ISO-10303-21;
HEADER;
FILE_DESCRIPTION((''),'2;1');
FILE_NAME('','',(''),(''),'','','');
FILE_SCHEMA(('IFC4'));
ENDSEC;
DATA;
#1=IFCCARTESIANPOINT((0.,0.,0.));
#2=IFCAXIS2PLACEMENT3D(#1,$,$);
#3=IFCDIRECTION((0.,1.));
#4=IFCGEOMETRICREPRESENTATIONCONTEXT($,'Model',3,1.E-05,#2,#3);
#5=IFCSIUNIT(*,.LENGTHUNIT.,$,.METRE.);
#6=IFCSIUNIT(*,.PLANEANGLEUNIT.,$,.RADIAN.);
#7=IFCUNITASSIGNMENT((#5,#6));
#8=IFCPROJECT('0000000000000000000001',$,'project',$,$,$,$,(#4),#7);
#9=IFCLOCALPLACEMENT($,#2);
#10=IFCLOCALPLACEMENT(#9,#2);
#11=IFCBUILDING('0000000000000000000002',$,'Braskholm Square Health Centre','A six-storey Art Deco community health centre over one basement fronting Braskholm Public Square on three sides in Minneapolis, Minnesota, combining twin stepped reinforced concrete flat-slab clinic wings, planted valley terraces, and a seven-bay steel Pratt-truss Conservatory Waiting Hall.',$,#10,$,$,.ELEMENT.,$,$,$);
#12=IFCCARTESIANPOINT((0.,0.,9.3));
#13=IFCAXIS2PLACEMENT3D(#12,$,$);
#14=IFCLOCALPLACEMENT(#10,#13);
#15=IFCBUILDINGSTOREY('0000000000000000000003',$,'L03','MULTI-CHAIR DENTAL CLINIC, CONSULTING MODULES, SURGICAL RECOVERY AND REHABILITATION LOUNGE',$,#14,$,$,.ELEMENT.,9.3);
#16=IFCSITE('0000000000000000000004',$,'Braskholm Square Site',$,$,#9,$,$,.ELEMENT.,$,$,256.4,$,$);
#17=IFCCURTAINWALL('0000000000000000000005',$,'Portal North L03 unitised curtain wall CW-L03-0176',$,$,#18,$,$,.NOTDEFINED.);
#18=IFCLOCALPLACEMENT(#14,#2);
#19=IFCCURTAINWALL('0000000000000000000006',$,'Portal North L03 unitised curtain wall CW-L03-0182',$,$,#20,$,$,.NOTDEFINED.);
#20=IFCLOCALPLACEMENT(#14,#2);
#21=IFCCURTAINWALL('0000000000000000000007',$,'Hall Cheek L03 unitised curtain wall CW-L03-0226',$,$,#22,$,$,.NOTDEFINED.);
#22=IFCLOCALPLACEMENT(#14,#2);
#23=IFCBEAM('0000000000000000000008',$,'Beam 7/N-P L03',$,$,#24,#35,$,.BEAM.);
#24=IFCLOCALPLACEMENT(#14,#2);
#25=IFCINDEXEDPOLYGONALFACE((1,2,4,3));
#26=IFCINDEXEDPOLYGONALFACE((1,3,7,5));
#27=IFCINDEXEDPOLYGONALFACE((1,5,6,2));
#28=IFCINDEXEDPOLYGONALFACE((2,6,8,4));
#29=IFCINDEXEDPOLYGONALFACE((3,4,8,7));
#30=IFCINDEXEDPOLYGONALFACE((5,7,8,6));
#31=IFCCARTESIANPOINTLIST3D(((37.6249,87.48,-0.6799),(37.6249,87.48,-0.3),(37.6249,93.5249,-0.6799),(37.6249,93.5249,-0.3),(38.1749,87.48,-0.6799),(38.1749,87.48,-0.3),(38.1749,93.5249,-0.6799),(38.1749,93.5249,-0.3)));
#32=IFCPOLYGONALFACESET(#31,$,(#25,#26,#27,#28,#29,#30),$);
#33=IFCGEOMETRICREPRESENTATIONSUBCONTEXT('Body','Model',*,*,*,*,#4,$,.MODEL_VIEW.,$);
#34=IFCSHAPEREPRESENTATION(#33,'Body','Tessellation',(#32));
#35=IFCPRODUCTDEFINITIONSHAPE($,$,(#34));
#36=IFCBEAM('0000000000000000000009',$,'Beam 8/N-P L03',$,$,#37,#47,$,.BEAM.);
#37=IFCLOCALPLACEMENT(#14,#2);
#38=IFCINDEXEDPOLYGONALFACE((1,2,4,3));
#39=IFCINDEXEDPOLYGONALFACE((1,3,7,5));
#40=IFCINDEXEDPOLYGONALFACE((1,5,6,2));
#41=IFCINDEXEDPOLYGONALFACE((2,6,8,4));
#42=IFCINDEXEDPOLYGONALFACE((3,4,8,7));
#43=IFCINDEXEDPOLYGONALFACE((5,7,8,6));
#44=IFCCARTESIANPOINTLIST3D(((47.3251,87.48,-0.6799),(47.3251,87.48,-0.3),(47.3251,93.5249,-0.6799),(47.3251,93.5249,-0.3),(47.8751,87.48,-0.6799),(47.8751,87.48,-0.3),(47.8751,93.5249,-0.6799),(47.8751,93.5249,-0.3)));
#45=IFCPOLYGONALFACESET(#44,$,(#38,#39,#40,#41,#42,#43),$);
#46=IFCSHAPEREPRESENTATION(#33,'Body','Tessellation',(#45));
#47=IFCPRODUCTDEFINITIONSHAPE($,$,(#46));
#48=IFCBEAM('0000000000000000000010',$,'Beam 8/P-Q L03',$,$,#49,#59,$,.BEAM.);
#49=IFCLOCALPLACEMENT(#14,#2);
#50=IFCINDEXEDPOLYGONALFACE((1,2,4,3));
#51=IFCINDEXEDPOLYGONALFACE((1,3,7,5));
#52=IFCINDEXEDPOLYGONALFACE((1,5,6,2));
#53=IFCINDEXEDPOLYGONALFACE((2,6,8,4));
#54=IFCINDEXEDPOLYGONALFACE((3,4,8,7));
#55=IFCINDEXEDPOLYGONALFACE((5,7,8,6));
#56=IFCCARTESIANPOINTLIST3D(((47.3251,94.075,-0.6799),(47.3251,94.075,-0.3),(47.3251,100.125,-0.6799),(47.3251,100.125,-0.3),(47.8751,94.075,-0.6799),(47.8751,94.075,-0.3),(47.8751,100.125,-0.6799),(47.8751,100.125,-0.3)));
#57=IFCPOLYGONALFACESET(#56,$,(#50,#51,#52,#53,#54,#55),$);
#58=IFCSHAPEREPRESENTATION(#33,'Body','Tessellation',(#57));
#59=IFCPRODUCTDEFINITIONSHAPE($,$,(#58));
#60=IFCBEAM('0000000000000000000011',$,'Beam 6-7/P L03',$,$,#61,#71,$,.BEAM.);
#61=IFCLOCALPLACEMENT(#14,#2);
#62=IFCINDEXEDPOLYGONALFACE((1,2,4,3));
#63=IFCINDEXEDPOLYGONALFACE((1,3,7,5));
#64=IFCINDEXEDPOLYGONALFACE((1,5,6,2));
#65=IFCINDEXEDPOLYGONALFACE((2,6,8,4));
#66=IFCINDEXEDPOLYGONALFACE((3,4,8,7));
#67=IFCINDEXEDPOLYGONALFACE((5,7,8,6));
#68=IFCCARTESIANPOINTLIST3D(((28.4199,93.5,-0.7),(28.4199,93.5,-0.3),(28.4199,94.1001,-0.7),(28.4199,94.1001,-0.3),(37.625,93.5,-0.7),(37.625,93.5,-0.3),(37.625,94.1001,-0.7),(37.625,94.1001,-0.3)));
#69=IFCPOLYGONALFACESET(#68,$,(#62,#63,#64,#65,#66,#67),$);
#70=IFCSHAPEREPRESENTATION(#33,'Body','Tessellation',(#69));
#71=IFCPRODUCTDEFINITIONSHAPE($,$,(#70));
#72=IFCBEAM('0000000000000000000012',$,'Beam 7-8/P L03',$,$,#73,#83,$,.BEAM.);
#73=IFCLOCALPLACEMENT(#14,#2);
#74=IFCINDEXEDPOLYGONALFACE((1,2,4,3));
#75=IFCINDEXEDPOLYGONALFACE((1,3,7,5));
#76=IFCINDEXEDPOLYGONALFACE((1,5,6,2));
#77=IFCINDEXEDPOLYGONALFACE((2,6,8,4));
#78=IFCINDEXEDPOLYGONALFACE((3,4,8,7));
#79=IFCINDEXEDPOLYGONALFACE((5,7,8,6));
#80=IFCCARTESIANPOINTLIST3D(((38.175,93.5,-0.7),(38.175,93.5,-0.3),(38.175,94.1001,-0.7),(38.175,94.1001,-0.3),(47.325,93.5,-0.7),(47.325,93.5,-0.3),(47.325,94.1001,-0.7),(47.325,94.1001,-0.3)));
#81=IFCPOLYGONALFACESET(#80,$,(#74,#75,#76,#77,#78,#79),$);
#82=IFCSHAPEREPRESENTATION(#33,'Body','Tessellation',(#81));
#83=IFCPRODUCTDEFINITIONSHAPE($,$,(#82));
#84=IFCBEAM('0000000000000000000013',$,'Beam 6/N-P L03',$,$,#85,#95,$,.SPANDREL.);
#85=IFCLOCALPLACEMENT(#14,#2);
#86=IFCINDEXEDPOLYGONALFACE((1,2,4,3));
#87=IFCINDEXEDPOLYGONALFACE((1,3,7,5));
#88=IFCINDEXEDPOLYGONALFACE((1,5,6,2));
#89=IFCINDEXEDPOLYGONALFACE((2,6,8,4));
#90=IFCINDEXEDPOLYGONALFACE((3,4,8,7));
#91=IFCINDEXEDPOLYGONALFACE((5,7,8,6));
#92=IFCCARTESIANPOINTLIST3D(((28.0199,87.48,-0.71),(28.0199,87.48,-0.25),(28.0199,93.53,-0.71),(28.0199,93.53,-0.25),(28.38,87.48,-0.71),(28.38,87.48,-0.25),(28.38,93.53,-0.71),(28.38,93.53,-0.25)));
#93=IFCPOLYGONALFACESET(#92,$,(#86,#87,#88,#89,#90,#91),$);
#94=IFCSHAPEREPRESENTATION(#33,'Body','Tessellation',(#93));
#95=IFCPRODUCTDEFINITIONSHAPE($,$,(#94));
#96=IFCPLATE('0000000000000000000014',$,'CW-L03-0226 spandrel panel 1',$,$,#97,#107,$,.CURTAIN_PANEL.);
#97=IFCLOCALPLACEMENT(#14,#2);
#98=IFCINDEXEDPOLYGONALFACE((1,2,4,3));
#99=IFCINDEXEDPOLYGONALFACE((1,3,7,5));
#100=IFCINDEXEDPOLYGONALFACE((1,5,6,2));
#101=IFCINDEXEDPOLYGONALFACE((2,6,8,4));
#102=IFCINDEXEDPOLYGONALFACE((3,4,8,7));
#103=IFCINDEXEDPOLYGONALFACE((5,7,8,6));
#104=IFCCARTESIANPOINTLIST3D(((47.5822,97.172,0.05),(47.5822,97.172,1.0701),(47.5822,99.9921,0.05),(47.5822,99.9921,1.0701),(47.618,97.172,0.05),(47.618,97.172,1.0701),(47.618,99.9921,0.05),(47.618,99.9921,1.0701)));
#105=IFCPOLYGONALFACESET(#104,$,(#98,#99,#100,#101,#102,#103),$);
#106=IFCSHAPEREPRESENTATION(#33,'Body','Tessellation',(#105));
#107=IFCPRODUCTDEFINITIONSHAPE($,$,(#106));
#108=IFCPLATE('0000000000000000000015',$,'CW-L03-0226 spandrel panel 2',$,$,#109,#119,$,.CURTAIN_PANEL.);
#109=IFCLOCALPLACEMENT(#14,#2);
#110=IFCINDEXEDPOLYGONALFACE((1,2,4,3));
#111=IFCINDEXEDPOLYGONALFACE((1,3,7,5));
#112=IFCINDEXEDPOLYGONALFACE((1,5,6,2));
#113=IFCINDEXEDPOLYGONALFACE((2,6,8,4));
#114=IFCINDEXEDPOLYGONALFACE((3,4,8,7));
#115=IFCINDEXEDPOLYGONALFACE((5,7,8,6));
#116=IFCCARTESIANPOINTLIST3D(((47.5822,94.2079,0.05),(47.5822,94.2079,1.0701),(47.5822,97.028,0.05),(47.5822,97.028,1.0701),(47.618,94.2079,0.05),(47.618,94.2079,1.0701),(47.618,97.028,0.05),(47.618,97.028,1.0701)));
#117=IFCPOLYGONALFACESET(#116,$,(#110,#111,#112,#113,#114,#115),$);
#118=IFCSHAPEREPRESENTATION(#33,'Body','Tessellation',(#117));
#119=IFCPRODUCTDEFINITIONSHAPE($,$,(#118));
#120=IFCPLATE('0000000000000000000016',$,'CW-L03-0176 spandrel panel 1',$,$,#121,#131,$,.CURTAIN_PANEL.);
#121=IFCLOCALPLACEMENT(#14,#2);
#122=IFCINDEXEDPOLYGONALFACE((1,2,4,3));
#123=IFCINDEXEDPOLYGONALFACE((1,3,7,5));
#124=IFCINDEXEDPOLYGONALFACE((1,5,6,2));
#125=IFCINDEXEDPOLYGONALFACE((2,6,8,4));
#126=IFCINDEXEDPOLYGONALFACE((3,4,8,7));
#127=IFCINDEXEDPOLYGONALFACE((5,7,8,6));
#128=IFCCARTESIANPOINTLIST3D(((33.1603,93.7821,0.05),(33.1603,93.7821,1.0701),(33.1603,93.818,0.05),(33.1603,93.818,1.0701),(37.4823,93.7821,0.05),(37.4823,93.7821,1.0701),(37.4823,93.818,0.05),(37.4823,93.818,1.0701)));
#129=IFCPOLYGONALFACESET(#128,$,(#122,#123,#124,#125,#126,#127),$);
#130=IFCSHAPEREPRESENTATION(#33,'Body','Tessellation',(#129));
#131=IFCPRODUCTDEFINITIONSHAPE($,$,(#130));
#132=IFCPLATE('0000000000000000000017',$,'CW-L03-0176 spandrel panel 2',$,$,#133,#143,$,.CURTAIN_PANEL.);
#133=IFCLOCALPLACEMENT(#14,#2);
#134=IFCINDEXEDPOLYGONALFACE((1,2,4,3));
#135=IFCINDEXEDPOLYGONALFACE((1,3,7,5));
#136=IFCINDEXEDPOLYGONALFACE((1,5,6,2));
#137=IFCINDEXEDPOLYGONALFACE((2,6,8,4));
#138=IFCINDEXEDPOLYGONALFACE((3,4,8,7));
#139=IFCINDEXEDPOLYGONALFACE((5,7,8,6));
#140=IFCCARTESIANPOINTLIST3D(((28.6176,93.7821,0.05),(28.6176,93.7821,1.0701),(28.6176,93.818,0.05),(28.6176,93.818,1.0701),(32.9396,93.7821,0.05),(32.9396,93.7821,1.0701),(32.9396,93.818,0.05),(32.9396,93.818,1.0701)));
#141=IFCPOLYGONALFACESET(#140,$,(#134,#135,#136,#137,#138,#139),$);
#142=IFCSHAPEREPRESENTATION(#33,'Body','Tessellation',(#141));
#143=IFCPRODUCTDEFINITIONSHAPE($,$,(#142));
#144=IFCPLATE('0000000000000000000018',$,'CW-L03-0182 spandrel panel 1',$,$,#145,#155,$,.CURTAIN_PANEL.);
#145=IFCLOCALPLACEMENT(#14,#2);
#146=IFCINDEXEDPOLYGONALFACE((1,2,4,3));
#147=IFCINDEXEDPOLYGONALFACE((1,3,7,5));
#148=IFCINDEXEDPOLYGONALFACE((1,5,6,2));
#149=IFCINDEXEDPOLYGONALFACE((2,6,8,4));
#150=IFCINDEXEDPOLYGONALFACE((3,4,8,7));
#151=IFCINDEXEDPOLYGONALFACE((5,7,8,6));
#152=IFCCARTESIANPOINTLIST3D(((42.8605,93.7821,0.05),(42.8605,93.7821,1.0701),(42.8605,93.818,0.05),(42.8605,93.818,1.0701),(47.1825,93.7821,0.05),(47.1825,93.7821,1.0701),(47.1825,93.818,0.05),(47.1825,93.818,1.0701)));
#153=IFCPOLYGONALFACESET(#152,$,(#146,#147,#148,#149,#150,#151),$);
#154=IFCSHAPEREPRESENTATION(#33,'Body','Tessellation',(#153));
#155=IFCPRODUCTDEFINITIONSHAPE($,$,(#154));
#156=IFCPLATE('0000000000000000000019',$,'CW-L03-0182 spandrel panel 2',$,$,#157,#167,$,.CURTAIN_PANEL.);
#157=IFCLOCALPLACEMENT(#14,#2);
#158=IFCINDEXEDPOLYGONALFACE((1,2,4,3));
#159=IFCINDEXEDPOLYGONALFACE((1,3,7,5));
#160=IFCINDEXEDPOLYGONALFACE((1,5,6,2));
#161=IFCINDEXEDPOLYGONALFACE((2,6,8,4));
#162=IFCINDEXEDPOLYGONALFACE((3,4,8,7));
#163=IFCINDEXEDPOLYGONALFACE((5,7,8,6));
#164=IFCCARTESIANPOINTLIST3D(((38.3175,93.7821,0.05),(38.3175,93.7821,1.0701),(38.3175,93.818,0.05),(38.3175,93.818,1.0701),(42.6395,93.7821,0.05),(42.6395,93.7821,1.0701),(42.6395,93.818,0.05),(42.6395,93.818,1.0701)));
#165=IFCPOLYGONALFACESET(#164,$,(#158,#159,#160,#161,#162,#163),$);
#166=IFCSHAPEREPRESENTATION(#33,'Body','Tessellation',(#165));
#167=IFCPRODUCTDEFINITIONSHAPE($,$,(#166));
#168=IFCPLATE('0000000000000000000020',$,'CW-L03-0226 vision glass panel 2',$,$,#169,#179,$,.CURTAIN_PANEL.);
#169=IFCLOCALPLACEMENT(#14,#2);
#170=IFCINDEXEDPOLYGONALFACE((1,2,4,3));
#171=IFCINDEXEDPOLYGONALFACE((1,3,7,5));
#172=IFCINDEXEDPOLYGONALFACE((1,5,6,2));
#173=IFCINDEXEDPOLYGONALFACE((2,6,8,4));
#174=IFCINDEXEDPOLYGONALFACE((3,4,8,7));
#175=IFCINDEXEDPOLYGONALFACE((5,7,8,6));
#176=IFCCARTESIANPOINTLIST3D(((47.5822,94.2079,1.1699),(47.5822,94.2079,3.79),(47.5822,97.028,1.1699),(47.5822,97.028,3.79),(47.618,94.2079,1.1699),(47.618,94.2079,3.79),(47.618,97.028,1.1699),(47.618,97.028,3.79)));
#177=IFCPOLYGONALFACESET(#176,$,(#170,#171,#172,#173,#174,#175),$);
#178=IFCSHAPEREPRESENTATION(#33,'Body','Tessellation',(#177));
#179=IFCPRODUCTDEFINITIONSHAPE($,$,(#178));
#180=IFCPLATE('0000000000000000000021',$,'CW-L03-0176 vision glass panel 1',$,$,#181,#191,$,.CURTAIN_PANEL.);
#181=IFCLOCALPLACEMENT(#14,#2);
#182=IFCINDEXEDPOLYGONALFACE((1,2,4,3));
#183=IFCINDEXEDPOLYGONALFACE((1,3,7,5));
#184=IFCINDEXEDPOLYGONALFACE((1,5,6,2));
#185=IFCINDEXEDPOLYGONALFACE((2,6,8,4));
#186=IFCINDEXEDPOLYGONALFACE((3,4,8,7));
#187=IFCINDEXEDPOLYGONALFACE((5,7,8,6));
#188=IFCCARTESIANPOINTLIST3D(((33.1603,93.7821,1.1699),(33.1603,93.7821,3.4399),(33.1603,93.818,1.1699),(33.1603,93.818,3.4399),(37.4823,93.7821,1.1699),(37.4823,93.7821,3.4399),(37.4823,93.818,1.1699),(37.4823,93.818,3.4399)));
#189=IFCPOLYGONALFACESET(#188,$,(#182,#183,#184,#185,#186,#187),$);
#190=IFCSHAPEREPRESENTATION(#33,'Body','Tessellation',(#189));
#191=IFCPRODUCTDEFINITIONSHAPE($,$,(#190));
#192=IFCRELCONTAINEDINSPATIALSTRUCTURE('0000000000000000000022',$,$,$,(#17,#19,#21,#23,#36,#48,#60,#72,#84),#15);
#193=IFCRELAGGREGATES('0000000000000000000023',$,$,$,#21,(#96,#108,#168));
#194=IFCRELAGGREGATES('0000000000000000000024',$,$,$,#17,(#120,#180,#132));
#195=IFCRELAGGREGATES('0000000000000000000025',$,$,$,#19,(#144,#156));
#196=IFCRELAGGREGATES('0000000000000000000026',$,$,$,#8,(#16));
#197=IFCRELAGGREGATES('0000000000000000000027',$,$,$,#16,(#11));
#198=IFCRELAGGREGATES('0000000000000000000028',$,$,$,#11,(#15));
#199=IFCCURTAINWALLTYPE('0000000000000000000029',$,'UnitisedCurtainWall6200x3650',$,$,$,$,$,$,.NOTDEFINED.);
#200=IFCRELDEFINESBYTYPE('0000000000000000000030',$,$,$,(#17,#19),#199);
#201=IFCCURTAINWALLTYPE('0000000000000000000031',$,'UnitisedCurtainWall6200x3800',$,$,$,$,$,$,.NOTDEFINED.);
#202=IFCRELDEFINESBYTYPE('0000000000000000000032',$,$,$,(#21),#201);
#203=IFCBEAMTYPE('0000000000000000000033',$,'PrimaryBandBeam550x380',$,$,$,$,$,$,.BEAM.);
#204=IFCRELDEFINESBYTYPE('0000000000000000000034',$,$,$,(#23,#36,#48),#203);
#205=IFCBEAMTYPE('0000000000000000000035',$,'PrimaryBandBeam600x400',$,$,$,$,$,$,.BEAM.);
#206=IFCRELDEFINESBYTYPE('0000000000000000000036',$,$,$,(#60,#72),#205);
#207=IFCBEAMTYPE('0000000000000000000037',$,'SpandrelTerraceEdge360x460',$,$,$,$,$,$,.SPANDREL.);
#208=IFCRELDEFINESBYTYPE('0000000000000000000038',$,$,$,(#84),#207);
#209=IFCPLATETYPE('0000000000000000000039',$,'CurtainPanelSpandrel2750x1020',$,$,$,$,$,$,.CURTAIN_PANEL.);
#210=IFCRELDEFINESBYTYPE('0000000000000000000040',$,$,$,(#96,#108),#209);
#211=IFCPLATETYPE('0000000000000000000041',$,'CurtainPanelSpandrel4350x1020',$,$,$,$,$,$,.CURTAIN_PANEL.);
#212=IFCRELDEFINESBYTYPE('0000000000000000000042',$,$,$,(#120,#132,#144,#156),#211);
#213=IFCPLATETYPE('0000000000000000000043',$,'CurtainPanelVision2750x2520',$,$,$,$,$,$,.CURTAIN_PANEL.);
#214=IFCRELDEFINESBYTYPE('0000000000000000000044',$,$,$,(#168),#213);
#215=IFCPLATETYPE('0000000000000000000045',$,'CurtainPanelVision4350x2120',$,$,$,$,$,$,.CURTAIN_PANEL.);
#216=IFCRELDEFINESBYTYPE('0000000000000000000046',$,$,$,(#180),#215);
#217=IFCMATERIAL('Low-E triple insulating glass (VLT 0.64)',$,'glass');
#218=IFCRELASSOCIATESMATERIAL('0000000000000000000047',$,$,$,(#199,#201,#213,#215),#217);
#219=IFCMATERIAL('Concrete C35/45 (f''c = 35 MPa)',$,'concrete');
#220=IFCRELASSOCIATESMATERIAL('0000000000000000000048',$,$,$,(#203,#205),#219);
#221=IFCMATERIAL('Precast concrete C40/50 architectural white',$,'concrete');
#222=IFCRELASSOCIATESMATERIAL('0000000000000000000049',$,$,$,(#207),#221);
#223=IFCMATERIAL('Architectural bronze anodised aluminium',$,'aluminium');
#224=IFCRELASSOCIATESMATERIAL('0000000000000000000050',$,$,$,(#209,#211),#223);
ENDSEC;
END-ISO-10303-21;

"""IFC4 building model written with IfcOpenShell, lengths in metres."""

from ifc_helpers import new_model, si_unit, direction, frame, origin, origin_2d, place, context, subcontext, project, spatial, rectangle, extrude, material, material_profile, profile_set, type_object, element, aggregate, save


model = new_model("IFC4")

# Units and contexts
model_context = context("Model", 3, precision=1e-05, world=origin(), true_north=direction((0.0, 1.0)))
body_context = subcontext(model_context, "Body", "Model", "MODEL_VIEW")
ifc_project = project(units=[si_unit("LENGTHUNIT", "METRE"), si_unit("PLANEANGLEUNIT", "RADIAN")], contexts=[model_context])

# Site, building, storey
site_placement = place(None, origin())
site = spatial("IfcSite", under=ifc_project, at=site_placement, Name="Braskholm Square Site", CompositionType="ELEMENT", RefElevation=256.4)
building_placement = place(site_placement, origin())
building = spatial("IfcBuilding", under=site, at=building_placement, Name="Braskholm Square Health Centre", Description="A six-storey Art Deco community health centre over one basement fronting Braskholm Public Square on three sides in Minneapolis, Minnesota, combining twin stepped reinforced concrete flat-slab clinic wings, planted valley terraces, and a seven-bay steel Pratt-truss Conservatory Waiting Hall.", CompositionType="ELEMENT")
storey_placement = place(building_placement, frame((0.0, 0.0, 9.3)))
storey = spatial("IfcBuildingStorey", under=building, at=storey_placement, Name="L03", Description="MULTI-CHAIR DENTAL CLINIC, CONSULTING MODULES, SURGICAL RECOVERY AND REHABILITATION LOUNGE", CompositionType="ELEMENT", Elevation=9.3)

# Curtain walls
ifc_material_1 = material(Name="Low-E triple insulating glass (VLT 0.64)", Category="glass")
curtain_wall_type_1 = type_object("IfcCurtainWallType", Name="UnitisedCurtainWall6200x3650", PredefinedType="NOTDEFINED", material=ifc_material_1)
curtain_wall_1_placement = place(storey_placement, origin())
curtain_wall_1 = element("IfcCurtainWall", 1, at=curtain_wall_1_placement, inside=storey, type_object=curtain_wall_type_1, Name="Portal North L03 unitised curtain wall CW-L03-0176", PredefinedType="NOTDEFINED")
ifc_material_2 = material(Name="Architectural bronze anodised aluminium", Category="aluminium")
curtain_wall_2_placement = place(storey_placement, origin())
curtain_wall_2 = element("IfcCurtainWall", 2, at=curtain_wall_2_placement, inside=storey, type_object=curtain_wall_type_1, Name="Portal North L03 unitised curtain wall CW-L03-0182", PredefinedType="NOTDEFINED")
curtain_wall_type_2 = type_object("IfcCurtainWallType", Name="UnitisedCurtainWall6200x3800", PredefinedType="NOTDEFINED", material=ifc_material_1)
curtain_wall_3_placement = place(storey_placement, origin())
curtain_wall_3 = element("IfcCurtainWall", 3, at=curtain_wall_3_placement, inside=storey, type_object=curtain_wall_type_2, Name="Hall Cheek L03 unitised curtain wall CW-L03-0226", PredefinedType="NOTDEFINED")

# Beams
ifc_material_3 = material(Name="Concrete C35/45 (f'c = 35 MPa)", Category="concrete")
ifc_material_profile_1 = material_profile(ifc_material_3, rectangle(XDim=0.55, YDim=0.3799, at=origin_2d()), Name="RCB-550X380")
ifc_profile_set_1 = profile_set([ifc_material_profile_1], Name="Concrete C35/45 (f'c = 35 MPa)")
beam_type_1 = type_object("IfcBeamType", Name="PrimaryBandBeam550x380", PredefinedType="BEAM", material=ifc_profile_set_1)
for number, where, z_axis, x_axis, name in (
    (4, (37.8999, 87.48, -0.49), (0.0, 1.0, 0.0), (-1.0, 0.0, 0.0), "Beam 7/N-P L03"),
    (5, (47.6001, 87.48, -0.49), (0.0, 1.0, 0.0), (-1.0, 0.0, 0.0), "Beam 8/N-P L03"),
):
    element("IfcBeam", number, at=place(storey_placement, frame(where, z_axis=z_axis, x_axis=x_axis)), inside=storey, type_object=beam_type_1, Name=name, PredefinedType="BEAM", context=body_context, shape_type="SweptSolid", body=[
        extrude(rectangle(XDim=0.55, YDim=0.3799, at=origin_2d()), origin(), (0.0, 0.0, 1.0), 6.0449),
    ])
beam_1_placement = place(storey_placement, frame((47.6001, 94.075, -0.49), z_axis=(0.0, 1.0, 0.0), x_axis=(-1.0, 0.0, 0.0)))
element("IfcBeam", 6, at=beam_1_placement, inside=storey, type_object=beam_type_1, Name="Beam 8/P-Q L03", PredefinedType="BEAM", context=body_context, shape_type="SweptSolid", body=[
    extrude(rectangle(XDim=0.55, YDim=0.3799, at=origin_2d()), origin(), (0.0, 0.0, 1.0), 6.05),
])
ifc_material_profile_2 = material_profile(ifc_material_3, rectangle(XDim=0.6001, YDim=0.3999, at=origin_2d()), Name="RCB-600X400")
ifc_profile_set_2 = profile_set([ifc_material_profile_2], Name="Concrete C35/45 (f'c = 35 MPa)")
beam_type_2 = type_object("IfcBeamType", Name="PrimaryBandBeam600x400", PredefinedType="BEAM", material=ifc_profile_set_2)
beam_2_placement = place(storey_placement, frame((28.4199, 93.8, -0.5), z_axis=(1.0, 0.0, 0.0), x_axis=(0.0, 1.0, 0.0)))
element("IfcBeam", 7, at=beam_2_placement, inside=storey, type_object=beam_type_2, Name="Beam 6-7/P L03", PredefinedType="BEAM", context=body_context, shape_type="SweptSolid", body=[
    extrude(rectangle(XDim=0.6001, YDim=0.3999, at=origin_2d()), origin(), (0.0, 0.0, 1.0), 9.2051),
])
beam_3_placement = place(storey_placement, frame((38.175, 93.8, -0.5), z_axis=(1.0, 0.0, 0.0), x_axis=(0.0, 1.0, 0.0)))
element("IfcBeam", 8, at=beam_3_placement, inside=storey, type_object=beam_type_2, Name="Beam 7-8/P L03", PredefinedType="BEAM", context=body_context, shape_type="SweptSolid", body=[
    extrude(rectangle(XDim=0.6001, YDim=0.3999, at=origin_2d()), origin(), (0.0, 0.0, 1.0), 9.1499),
])
ifc_material_4 = material(Name="Precast concrete C40/50 architectural white", Category="concrete")
ifc_material_profile_3 = material_profile(ifc_material_4, rectangle(XDim=0.3601, YDim=0.46, at=origin_2d()), Name="RCB-360X460")
ifc_profile_set_3 = profile_set([ifc_material_profile_3], Name="Precast concrete C40/50 architectural white")
beam_type_3 = type_object("IfcBeamType", Name="SpandrelTerraceEdge360x460", PredefinedType="SPANDREL", material=ifc_profile_set_3)
beam_4_placement = place(storey_placement, frame((28.2, 87.48, -0.48), z_axis=(0.0, 1.0, 0.0), x_axis=(-1.0, 0.0, 0.0)))
element("IfcBeam", 9, at=beam_4_placement, inside=storey, type_object=beam_type_3, Name="Beam 6/N-P L03", PredefinedType="SPANDREL", context=body_context, shape_type="SweptSolid", body=[
    extrude(rectangle(XDim=0.3601, YDim=0.46, at=origin_2d()), origin(), (0.0, 0.0, 1.0), 6.05),
])

# Plates
plate_type_1 = type_object("IfcPlateType", Name="CurtainPanelSpandrel2750x1020", PredefinedType="CURTAIN_PANEL", material=ifc_material_2)
plate_1_placement = place(storey_placement, frame((47.6001, 98.582, 0.05), z_axis=(0.0, 0.0, 1.0), x_axis=(0.0, -1.0, 0.0)))
plate_1 = element("IfcPlate", 10, at=plate_1_placement, type_object=plate_type_1, Name="CW-L03-0226 spandrel panel 1", PredefinedType="CURTAIN_PANEL", context=body_context, shape_type="SweptSolid", body=[
    extrude(rectangle(XDim=2.8201, YDim=0.0359, at=origin_2d()), origin(), (0.0, 0.0, 1.0), 1.02),
])
plate_2_placement = place(storey_placement, frame((47.6001, 95.6179, 0.05), z_axis=(0.0, 0.0, 1.0), x_axis=(0.0, -1.0, 0.0)))
plate_2 = element("IfcPlate", 11, at=plate_2_placement, type_object=plate_type_1, Name="CW-L03-0226 spandrel panel 2", PredefinedType="CURTAIN_PANEL", context=body_context, shape_type="SweptSolid", body=[
    extrude(rectangle(XDim=2.8201, YDim=0.0359, at=origin_2d()), origin(), (0.0, 0.0, 1.0), 1.02),
])
plate_type_2 = type_object("IfcPlateType", Name="CurtainPanelSpandrel4350x1020", PredefinedType="CURTAIN_PANEL", material=ifc_material_2)
plate_3_placement = place(storey_placement, frame((35.3213, 93.8, 0.05), z_axis=(0.0, 0.0, 1.0), x_axis=(-1.0, 0.0, 0.0)))
plate_3 = element("IfcPlate", 12, at=plate_3_placement, type_object=plate_type_2, Name="CW-L03-0176 spandrel panel 1", PredefinedType="CURTAIN_PANEL", context=body_context, shape_type="SweptSolid", body=[
    extrude(rectangle(XDim=4.322, YDim=0.0359, at=origin_2d()), origin(), (0.0, 0.0, 1.0), 1.02),
])
plate_4_placement = place(storey_placement, frame((30.7786, 93.8, 0.05), z_axis=(0.0, 0.0, 1.0), x_axis=(-1.0, 0.0, 0.0)))
plate_4 = element("IfcPlate", 13, at=plate_4_placement, type_object=plate_type_2, Name="CW-L03-0176 spandrel panel 2", PredefinedType="CURTAIN_PANEL", context=body_context, shape_type="SweptSolid", body=[
    extrude(rectangle(XDim=4.322, YDim=0.0359, at=origin_2d()), origin(), (0.0, 0.0, 1.0), 1.02),
])
plate_5_placement = place(storey_placement, frame((45.0215, 93.8, 0.05), z_axis=(0.0, 0.0, 1.0), x_axis=(-1.0, 0.0, 0.0)))
plate_5 = element("IfcPlate", 14, at=plate_5_placement, type_object=plate_type_2, Name="CW-L03-0182 spandrel panel 1", PredefinedType="CURTAIN_PANEL", context=body_context, shape_type="SweptSolid", body=[
    extrude(rectangle(XDim=4.322, YDim=0.0359, at=origin_2d()), origin(), (0.0, 0.0, 1.0), 1.02),
])
plate_6_placement = place(storey_placement, frame((40.4785, 93.8, 0.05), z_axis=(0.0, 0.0, 1.0), x_axis=(-1.0, 0.0, 0.0)))
plate_6 = element("IfcPlate", 15, at=plate_6_placement, type_object=plate_type_2, Name="CW-L03-0182 spandrel panel 2", PredefinedType="CURTAIN_PANEL", context=body_context, shape_type="SweptSolid", body=[
    extrude(rectangle(XDim=4.322, YDim=0.0359, at=origin_2d()), origin(), (0.0, 0.0, 1.0), 1.02),
])
plate_type_3 = type_object("IfcPlateType", Name="CurtainPanelVision2750x2520", PredefinedType="CURTAIN_PANEL", material=ifc_material_1)
plate_7_placement = place(storey_placement, frame((47.6001, 95.6179, 1.1699), z_axis=(0.0, 0.0, 1.0), x_axis=(0.0, -1.0, 0.0)))
plate_7 = element("IfcPlate", 16, at=plate_7_placement, type_object=plate_type_3, Name="CW-L03-0226 vision glass panel 2", PredefinedType="CURTAIN_PANEL", context=body_context, shape_type="SweptSolid", body=[
    extrude(rectangle(XDim=2.8201, YDim=0.0359, at=origin_2d()), origin(), (0.0, 0.0, 1.0), 2.6201),
])
aggregate(curtain_wall_3, [plate_1, plate_2, plate_7])
plate_type_4 = type_object("IfcPlateType", Name="CurtainPanelVision4350x2120", PredefinedType="CURTAIN_PANEL", material=ifc_material_1)
plate_8_placement = place(storey_placement, frame((35.3213, 93.8, 1.1699), z_axis=(0.0, 0.0, 1.0), x_axis=(-1.0, 0.0, 0.0)))
plate_8 = element("IfcPlate", 17, at=plate_8_placement, type_object=plate_type_4, Name="CW-L03-0176 vision glass panel 1", PredefinedType="CURTAIN_PANEL", context=body_context, shape_type="SweptSolid", body=[
    extrude(rectangle(XDim=4.322, YDim=0.0359, at=origin_2d()), origin(), (0.0, 0.0, 1.0), 2.27),
])
aggregate(curtain_wall_1, [plate_3, plate_8, plate_4])
aggregate(curtain_wall_2, [plate_5, plate_6])

save(model, "model.ifc")
